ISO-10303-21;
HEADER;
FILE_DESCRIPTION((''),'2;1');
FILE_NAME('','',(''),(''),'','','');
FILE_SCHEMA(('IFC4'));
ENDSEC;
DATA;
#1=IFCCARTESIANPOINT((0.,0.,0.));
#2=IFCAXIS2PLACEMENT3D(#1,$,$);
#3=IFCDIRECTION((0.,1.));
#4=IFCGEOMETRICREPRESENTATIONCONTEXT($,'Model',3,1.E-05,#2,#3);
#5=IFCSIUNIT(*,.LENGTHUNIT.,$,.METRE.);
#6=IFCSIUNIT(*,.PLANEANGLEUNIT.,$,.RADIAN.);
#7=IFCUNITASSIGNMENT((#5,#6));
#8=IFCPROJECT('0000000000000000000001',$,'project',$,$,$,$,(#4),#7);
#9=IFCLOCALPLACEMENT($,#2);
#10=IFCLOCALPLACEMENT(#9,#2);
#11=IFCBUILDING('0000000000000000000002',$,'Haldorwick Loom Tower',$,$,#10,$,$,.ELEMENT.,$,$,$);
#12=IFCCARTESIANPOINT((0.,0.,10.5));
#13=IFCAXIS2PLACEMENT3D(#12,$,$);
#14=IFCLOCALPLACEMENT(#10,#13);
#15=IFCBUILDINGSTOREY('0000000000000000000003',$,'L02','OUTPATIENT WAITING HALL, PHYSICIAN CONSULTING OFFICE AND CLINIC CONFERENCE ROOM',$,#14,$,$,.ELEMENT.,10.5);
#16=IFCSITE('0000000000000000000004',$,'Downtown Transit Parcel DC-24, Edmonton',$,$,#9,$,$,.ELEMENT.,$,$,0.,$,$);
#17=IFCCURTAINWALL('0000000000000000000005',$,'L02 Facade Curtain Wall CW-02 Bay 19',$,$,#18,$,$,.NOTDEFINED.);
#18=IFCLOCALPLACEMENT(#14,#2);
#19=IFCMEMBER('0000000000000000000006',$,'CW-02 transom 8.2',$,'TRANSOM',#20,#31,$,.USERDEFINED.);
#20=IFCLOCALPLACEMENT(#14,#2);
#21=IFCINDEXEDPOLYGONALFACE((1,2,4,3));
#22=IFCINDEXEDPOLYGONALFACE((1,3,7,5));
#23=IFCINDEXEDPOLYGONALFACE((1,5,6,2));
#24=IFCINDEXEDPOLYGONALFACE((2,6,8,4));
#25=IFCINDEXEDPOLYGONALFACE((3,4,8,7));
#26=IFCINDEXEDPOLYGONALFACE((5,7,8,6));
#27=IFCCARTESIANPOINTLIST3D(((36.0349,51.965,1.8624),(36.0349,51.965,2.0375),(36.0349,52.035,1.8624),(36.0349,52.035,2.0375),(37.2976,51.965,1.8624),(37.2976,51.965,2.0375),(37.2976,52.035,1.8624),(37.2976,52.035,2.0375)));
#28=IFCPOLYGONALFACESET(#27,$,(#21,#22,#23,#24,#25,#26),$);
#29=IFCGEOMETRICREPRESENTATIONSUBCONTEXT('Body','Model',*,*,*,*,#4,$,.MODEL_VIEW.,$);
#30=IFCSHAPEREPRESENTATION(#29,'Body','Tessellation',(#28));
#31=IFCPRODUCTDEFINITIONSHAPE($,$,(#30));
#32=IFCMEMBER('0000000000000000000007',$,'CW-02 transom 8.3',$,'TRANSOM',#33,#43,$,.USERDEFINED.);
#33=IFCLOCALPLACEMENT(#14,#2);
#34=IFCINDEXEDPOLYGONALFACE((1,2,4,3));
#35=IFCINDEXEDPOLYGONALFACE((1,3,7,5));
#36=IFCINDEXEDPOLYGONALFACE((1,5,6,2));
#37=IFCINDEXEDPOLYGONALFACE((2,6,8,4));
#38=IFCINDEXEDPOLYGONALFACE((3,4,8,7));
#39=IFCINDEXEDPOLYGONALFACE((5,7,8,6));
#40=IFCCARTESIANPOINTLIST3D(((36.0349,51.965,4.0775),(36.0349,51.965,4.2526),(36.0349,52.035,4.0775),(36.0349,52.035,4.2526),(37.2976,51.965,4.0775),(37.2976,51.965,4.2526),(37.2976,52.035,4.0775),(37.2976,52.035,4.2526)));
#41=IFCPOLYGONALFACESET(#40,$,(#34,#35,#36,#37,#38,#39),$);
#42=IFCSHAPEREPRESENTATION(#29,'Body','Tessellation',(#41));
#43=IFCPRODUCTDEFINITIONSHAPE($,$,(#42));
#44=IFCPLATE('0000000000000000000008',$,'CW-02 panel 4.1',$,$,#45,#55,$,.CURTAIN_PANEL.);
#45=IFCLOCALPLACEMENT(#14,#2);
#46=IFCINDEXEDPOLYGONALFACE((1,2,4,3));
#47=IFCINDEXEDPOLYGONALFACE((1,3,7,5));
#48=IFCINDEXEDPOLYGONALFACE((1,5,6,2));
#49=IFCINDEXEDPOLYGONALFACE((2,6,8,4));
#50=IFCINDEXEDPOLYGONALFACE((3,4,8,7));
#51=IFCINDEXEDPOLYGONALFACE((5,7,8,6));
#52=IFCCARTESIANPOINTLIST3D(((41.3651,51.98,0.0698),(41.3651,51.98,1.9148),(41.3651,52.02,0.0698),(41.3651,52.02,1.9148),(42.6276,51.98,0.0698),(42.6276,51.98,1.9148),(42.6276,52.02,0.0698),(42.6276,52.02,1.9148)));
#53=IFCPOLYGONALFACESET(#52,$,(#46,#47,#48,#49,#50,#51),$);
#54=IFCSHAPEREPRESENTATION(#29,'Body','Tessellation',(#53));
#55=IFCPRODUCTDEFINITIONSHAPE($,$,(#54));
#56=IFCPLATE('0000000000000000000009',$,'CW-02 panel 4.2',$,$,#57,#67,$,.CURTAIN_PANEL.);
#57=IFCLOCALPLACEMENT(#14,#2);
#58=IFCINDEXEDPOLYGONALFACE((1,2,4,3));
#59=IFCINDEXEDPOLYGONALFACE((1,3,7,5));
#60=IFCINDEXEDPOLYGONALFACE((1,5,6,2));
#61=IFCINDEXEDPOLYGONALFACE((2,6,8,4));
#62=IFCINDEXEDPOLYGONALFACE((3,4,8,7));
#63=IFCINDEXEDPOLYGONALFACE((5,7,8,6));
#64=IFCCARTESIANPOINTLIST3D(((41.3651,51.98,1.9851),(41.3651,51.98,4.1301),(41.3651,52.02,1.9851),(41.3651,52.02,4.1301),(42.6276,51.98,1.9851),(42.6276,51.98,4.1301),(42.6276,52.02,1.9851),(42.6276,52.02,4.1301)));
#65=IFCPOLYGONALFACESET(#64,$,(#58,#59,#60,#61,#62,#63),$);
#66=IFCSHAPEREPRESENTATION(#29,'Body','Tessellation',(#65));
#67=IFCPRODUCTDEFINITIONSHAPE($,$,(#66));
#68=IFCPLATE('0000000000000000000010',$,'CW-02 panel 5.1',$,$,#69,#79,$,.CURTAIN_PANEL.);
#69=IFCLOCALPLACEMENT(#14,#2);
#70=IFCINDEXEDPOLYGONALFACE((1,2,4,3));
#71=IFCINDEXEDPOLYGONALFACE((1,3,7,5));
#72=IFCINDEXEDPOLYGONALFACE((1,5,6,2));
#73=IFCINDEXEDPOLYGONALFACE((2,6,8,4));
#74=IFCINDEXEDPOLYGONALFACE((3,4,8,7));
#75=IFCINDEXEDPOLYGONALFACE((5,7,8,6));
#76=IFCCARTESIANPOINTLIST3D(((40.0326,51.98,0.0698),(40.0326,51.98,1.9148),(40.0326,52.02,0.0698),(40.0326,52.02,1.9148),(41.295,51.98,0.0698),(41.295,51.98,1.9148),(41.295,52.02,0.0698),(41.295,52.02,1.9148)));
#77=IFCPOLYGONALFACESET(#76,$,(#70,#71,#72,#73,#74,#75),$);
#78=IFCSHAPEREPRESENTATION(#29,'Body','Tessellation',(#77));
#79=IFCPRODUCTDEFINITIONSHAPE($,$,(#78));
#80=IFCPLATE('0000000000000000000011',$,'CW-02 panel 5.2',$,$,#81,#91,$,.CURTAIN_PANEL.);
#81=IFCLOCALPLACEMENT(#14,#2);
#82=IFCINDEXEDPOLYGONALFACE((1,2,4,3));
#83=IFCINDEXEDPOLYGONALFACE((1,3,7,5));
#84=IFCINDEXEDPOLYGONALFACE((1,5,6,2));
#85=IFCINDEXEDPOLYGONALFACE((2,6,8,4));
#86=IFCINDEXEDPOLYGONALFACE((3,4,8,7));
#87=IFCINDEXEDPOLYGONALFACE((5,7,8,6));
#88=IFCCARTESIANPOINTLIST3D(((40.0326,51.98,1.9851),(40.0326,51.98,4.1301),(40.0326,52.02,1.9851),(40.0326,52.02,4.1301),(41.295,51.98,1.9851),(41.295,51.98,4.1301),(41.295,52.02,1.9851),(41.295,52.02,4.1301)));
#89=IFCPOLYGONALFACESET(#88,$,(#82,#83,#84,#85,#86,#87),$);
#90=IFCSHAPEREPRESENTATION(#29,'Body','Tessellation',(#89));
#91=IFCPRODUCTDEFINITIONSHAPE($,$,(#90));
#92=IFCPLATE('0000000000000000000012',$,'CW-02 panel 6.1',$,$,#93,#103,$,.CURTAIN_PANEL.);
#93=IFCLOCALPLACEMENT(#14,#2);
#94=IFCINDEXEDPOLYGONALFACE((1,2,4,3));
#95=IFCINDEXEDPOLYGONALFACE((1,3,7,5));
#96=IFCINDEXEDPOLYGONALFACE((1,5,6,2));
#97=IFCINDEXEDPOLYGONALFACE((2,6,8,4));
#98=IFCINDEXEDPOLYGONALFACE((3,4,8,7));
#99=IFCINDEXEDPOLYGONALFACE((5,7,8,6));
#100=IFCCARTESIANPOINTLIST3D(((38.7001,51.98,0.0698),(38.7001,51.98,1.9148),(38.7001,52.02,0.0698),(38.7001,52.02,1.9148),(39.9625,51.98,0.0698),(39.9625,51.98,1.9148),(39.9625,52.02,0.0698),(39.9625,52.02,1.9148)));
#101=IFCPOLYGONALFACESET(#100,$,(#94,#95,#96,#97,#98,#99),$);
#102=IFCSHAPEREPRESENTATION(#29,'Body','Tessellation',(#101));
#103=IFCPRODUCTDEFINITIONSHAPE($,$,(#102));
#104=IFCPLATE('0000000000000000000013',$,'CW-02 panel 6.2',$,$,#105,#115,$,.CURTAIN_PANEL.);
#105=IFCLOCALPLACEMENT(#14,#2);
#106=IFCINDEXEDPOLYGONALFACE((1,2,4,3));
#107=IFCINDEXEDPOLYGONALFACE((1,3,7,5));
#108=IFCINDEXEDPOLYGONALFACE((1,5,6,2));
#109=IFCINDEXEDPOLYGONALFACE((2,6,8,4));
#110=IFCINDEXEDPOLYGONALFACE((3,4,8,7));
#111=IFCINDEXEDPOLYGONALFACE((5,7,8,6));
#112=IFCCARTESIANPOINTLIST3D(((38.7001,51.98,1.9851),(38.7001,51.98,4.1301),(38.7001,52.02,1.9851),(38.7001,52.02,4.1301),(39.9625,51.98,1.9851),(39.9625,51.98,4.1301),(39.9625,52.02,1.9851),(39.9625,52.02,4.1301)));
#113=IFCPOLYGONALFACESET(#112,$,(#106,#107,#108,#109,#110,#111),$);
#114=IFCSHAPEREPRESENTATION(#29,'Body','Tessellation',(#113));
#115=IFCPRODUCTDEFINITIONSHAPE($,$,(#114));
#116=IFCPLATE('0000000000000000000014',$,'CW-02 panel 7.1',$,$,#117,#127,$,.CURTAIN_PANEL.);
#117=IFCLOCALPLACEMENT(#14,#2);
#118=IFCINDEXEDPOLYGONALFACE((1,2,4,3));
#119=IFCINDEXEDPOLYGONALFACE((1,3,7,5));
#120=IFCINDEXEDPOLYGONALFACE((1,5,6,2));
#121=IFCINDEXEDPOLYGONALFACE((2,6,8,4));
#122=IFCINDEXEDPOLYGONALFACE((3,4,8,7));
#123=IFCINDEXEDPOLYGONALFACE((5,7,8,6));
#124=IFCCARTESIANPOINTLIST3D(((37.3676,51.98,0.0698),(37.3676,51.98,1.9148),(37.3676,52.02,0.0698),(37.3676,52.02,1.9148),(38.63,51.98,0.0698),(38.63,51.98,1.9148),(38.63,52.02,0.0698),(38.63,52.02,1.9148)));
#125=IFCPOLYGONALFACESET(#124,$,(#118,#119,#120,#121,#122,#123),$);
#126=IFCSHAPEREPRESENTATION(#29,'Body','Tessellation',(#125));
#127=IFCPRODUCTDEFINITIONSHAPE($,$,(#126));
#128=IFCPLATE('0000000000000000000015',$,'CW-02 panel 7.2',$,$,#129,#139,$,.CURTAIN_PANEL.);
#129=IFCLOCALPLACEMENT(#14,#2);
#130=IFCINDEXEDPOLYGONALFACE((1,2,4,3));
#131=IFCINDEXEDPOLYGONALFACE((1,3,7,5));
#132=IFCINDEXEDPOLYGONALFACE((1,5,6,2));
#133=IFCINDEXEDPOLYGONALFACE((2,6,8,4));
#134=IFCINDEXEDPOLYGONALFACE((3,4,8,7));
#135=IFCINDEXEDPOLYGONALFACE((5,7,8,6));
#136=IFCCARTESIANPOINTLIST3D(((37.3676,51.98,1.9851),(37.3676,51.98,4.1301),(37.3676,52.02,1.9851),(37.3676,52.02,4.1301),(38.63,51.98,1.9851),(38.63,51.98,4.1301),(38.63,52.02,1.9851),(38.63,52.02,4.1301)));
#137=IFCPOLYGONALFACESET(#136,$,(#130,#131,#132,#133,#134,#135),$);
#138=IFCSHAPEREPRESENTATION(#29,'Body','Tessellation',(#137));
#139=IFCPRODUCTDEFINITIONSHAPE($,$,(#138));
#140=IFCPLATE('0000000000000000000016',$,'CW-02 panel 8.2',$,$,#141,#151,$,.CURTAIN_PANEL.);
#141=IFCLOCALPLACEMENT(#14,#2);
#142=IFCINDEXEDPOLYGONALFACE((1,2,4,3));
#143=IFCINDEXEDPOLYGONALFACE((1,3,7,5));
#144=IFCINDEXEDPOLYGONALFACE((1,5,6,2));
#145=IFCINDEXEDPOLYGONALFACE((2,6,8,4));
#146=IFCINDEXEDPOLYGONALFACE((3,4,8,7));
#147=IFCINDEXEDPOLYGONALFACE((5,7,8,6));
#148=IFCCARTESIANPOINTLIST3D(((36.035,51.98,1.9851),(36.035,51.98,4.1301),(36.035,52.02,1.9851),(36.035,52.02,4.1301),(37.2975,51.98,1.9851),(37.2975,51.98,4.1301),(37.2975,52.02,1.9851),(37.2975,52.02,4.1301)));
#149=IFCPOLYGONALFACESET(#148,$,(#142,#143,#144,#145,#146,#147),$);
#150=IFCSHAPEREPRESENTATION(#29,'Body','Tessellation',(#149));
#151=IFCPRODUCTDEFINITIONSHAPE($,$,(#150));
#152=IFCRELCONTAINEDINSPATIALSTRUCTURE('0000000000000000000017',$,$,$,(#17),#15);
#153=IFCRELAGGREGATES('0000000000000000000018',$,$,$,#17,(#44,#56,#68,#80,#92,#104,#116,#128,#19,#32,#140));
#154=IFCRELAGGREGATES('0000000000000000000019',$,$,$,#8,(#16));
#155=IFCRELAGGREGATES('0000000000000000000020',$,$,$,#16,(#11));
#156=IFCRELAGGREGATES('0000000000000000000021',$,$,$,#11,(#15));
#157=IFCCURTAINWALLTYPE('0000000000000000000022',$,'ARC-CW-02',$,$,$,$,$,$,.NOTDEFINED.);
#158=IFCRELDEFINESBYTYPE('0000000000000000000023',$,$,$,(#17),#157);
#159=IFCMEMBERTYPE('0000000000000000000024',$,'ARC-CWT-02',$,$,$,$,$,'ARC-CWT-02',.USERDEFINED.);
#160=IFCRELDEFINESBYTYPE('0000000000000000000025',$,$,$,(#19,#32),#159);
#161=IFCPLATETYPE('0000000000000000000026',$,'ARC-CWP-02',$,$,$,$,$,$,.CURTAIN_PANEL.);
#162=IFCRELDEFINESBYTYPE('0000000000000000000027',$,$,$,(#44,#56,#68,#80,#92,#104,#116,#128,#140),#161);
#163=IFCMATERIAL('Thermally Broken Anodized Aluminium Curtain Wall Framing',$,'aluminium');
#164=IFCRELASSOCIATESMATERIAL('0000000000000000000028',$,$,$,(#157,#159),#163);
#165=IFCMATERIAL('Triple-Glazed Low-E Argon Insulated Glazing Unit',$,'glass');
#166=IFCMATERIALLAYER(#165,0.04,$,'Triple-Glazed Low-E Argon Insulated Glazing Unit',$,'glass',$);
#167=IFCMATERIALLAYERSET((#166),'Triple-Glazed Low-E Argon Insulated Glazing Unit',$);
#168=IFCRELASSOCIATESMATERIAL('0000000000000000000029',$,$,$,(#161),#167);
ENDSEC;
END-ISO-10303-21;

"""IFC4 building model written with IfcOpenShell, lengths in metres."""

from ifc_helpers import new_model, si_unit, direction, frame, origin, origin_2d, place, context, subcontext, project, spatial, rectangle, extrude, material, layer, layer_set, material_profile, profile_set, type_object, element, aggregate, save


model = new_model("IFC4")

# Units and contexts
model_context = context("Model", 3, precision=1e-05, world=origin(), true_north=direction((0.0, 1.0)))
body_context = subcontext(model_context, "Body", "Model", "MODEL_VIEW")
ifc_project = project(units=[si_unit("LENGTHUNIT", "METRE"), si_unit("PLANEANGLEUNIT", "RADIAN")], contexts=[model_context])

# Site, building, storey
site_placement = place(None, origin())
site = spatial("IfcSite", under=ifc_project, at=site_placement, Name="Downtown Transit Parcel DC-24, Edmonton", CompositionType="ELEMENT", RefElevation=0.0)
building_placement = place(site_placement, origin())
building = spatial("IfcBuilding", under=site, at=building_placement, Name="Haldorwick Loom Tower", CompositionType="ELEMENT")
storey_placement = place(building_placement, frame((0.0, 0.0, 10.5)))
storey = spatial("IfcBuildingStorey", under=building, at=storey_placement, Name="L02", Description="OUTPATIENT WAITING HALL, PHYSICIAN CONSULTING OFFICE AND CLINIC CONFERENCE ROOM", CompositionType="ELEMENT", Elevation=10.5)

# Curtain wall, members, plates
ifc_material_1 = material(Name="Thermally Broken Anodized Aluminium Curtain Wall Framing", Category="aluminium")
curtain_wall_type = type_object("IfcCurtainWallType", Name="ARC-CW-02", PredefinedType="NOTDEFINED", material=ifc_material_1)
curtain_wall_placement = place(storey_placement, origin())
curtain_wall = element("IfcCurtainWall", 1, at=curtain_wall_placement, inside=storey, type_object=curtain_wall_type, Name="L02 Facade Curtain Wall CW-02 Bay 19", PredefinedType="NOTDEFINED")
ifc_material_profile_1 = material_profile(ifc_material_1, rectangle(XDim=0.0701, YDim=0.175, at=origin_2d()), Name="ALU_TRN_70X175", Category="aluminium")
ifc_profile_set_1 = profile_set([ifc_material_profile_1], Name="Thermally Broken Anodized Aluminium Curtain Wall Framing")
member_type_1 = type_object("IfcMemberType", Name="ARC-CWT-02", ElementType="ARC-CWT-02", PredefinedType="USERDEFINED", material=ifc_profile_set_1)
member_1_placement = place(storey_placement, frame((37.2976, 52.0, 1.95), z_axis=(-1.0, 0.0, 0.0), x_axis=(0.0, -1.0, 0.0)))
member_1 = element("IfcMember", 2, at=member_1_placement, type_object=member_type_1, Name="CW-02 transom 8.2", ObjectType="TRANSOM", PredefinedType="USERDEFINED", context=body_context, shape_type="SweptSolid", body=[
    extrude(rectangle(XDim=0.0701, YDim=0.175, at=origin_2d()), origin(), (0.0, 0.0, 1.0), 1.2627),
])
member_2_placement = place(storey_placement, frame((37.2976, 52.0, 4.165), z_axis=(-1.0, 0.0, 0.0), x_axis=(0.0, -1.0, 0.0)))
member_2 = element("IfcMember", 3, at=member_2_placement, type_object=member_type_1, Name="CW-02 transom 8.3", ObjectType="TRANSOM", PredefinedType="USERDEFINED", context=body_context, shape_type="SweptSolid", body=[
    extrude(rectangle(XDim=0.0701, YDim=0.175, at=origin_2d()), origin(), (0.0, 0.0, 1.0), 1.2627),
])
ifc_material_2 = material(Name="Triple-Glazed Low-E Argon Insulated Glazing Unit", Category="glass")
ifc_layer = layer(ifc_material_2, 0.04, Name="Triple-Glazed Low-E Argon Insulated Glazing Unit", Category="glass")
ifc_layer_set = layer_set([ifc_layer], Name="Triple-Glazed Low-E Argon Insulated Glazing Unit")
plate_type = type_object("IfcPlateType", Name="ARC-CWP-02", PredefinedType="CURTAIN_PANEL", material=ifc_layer_set)
plate_1_placement = place(storey_placement, frame((41.9963, 52.0, 0.0698), z_axis=(0.0, 0.0, 1.0), x_axis=(-1.0, 0.0, 0.0)))
plate_1 = element("IfcPlate", 4, at=plate_1_placement, type_object=plate_type, Name="CW-02 panel 4.1", PredefinedType="CURTAIN_PANEL", context=body_context, shape_type="SweptSolid", body=[
    extrude(rectangle(XDim=1.2625, YDim=0.04, at=origin_2d()), origin(), (0.0, 0.0, 1.0), 1.845),
])
plate_2_placement = place(storey_placement, frame((41.9963, 52.0, 1.9851), z_axis=(0.0, 0.0, 1.0), x_axis=(-1.0, 0.0, 0.0)))
plate_2 = element("IfcPlate", 5, at=plate_2_placement, type_object=plate_type, Name="CW-02 panel 4.2", PredefinedType="CURTAIN_PANEL", context=body_context, shape_type="SweptSolid", body=[
    extrude(rectangle(XDim=1.2625, YDim=0.04, at=origin_2d()), origin(), (0.0, 0.0, 1.0), 2.145),
])
plate_3_placement = place(storey_placement, frame((40.6638, 52.0, 0.0698), z_axis=(0.0, 0.0, 1.0), x_axis=(-1.0, 0.0, 0.0)))
plate_3 = element("IfcPlate", 6, at=plate_3_placement, type_object=plate_type, Name="CW-02 panel 5.1", PredefinedType="CURTAIN_PANEL", context=body_context, shape_type="SweptSolid", body=[
    extrude(rectangle(XDim=1.2625, YDim=0.04, at=origin_2d()), origin(), (0.0, 0.0, 1.0), 1.845),
])
plate_4_placement = place(storey_placement, frame((40.6638, 52.0, 1.9851), z_axis=(0.0, 0.0, 1.0), x_axis=(-1.0, 0.0, 0.0)))
plate_4 = element("IfcPlate", 7, at=plate_4_placement, type_object=plate_type, Name="CW-02 panel 5.2", PredefinedType="CURTAIN_PANEL", context=body_context, shape_type="SweptSolid", body=[
    extrude(rectangle(XDim=1.2625, YDim=0.04, at=origin_2d()), origin(), (0.0, 0.0, 1.0), 2.145),
])
plate_5_placement = place(storey_placement, frame((39.3313, 52.0, 0.0698), z_axis=(0.0, 0.0, 1.0), x_axis=(-1.0, 0.0, 0.0)))
plate_5 = element("IfcPlate", 8, at=plate_5_placement, type_object=plate_type, Name="CW-02 panel 6.1", PredefinedType="CURTAIN_PANEL", context=body_context, shape_type="SweptSolid", body=[
    extrude(rectangle(XDim=1.2625, YDim=0.04, at=origin_2d()), origin(), (0.0, 0.0, 1.0), 1.845),
])
plate_6_placement = place(storey_placement, frame((39.3313, 52.0, 1.9851), z_axis=(0.0, 0.0, 1.0), x_axis=(-1.0, 0.0, 0.0)))
plate_6 = element("IfcPlate", 9, at=plate_6_placement, type_object=plate_type, Name="CW-02 panel 6.2", PredefinedType="CURTAIN_PANEL", context=body_context, shape_type="SweptSolid", body=[
    extrude(rectangle(XDim=1.2625, YDim=0.04, at=origin_2d()), origin(), (0.0, 0.0, 1.0), 2.145),
])
plate_7_placement = place(storey_placement, frame((37.9988, 52.0, 0.0698), z_axis=(0.0, 0.0, 1.0), x_axis=(-1.0, 0.0, 0.0)))
plate_7 = element("IfcPlate", 10, at=plate_7_placement, type_object=plate_type, Name="CW-02 panel 7.1", PredefinedType="CURTAIN_PANEL", context=body_context, shape_type="SweptSolid", body=[
    extrude(rectangle(XDim=1.2625, YDim=0.04, at=origin_2d()), origin(), (0.0, 0.0, 1.0), 1.845),
])
plate_8_placement = place(storey_placement, frame((37.9988, 52.0, 1.9851), z_axis=(0.0, 0.0, 1.0), x_axis=(-1.0, 0.0, 0.0)))
plate_8 = element("IfcPlate", 11, at=plate_8_placement, type_object=plate_type, Name="CW-02 panel 7.2", PredefinedType="CURTAIN_PANEL", context=body_context, shape_type="SweptSolid", body=[
    extrude(rectangle(XDim=1.2625, YDim=0.04, at=origin_2d()), origin(), (0.0, 0.0, 1.0), 2.145),
])
plate_9_placement = place(storey_placement, frame((36.6663, 52.0, 1.9851), z_axis=(0.0, 0.0, 1.0), x_axis=(-1.0, 0.0, 0.0)))
plate_9 = element("IfcPlate", 12, at=plate_9_placement, type_object=plate_type, Name="CW-02 panel 8.2", PredefinedType="CURTAIN_PANEL", context=body_context, shape_type="SweptSolid", body=[
    extrude(rectangle(XDim=1.2625, YDim=0.04, at=origin_2d()), origin(), (0.0, 0.0, 1.0), 2.145),
])
aggregate(curtain_wall, [plate_1, plate_2, plate_3, plate_4, plate_5, plate_6, plate_7, plate_8, member_1, member_2, plate_9])

save(model, "model.ifc")
